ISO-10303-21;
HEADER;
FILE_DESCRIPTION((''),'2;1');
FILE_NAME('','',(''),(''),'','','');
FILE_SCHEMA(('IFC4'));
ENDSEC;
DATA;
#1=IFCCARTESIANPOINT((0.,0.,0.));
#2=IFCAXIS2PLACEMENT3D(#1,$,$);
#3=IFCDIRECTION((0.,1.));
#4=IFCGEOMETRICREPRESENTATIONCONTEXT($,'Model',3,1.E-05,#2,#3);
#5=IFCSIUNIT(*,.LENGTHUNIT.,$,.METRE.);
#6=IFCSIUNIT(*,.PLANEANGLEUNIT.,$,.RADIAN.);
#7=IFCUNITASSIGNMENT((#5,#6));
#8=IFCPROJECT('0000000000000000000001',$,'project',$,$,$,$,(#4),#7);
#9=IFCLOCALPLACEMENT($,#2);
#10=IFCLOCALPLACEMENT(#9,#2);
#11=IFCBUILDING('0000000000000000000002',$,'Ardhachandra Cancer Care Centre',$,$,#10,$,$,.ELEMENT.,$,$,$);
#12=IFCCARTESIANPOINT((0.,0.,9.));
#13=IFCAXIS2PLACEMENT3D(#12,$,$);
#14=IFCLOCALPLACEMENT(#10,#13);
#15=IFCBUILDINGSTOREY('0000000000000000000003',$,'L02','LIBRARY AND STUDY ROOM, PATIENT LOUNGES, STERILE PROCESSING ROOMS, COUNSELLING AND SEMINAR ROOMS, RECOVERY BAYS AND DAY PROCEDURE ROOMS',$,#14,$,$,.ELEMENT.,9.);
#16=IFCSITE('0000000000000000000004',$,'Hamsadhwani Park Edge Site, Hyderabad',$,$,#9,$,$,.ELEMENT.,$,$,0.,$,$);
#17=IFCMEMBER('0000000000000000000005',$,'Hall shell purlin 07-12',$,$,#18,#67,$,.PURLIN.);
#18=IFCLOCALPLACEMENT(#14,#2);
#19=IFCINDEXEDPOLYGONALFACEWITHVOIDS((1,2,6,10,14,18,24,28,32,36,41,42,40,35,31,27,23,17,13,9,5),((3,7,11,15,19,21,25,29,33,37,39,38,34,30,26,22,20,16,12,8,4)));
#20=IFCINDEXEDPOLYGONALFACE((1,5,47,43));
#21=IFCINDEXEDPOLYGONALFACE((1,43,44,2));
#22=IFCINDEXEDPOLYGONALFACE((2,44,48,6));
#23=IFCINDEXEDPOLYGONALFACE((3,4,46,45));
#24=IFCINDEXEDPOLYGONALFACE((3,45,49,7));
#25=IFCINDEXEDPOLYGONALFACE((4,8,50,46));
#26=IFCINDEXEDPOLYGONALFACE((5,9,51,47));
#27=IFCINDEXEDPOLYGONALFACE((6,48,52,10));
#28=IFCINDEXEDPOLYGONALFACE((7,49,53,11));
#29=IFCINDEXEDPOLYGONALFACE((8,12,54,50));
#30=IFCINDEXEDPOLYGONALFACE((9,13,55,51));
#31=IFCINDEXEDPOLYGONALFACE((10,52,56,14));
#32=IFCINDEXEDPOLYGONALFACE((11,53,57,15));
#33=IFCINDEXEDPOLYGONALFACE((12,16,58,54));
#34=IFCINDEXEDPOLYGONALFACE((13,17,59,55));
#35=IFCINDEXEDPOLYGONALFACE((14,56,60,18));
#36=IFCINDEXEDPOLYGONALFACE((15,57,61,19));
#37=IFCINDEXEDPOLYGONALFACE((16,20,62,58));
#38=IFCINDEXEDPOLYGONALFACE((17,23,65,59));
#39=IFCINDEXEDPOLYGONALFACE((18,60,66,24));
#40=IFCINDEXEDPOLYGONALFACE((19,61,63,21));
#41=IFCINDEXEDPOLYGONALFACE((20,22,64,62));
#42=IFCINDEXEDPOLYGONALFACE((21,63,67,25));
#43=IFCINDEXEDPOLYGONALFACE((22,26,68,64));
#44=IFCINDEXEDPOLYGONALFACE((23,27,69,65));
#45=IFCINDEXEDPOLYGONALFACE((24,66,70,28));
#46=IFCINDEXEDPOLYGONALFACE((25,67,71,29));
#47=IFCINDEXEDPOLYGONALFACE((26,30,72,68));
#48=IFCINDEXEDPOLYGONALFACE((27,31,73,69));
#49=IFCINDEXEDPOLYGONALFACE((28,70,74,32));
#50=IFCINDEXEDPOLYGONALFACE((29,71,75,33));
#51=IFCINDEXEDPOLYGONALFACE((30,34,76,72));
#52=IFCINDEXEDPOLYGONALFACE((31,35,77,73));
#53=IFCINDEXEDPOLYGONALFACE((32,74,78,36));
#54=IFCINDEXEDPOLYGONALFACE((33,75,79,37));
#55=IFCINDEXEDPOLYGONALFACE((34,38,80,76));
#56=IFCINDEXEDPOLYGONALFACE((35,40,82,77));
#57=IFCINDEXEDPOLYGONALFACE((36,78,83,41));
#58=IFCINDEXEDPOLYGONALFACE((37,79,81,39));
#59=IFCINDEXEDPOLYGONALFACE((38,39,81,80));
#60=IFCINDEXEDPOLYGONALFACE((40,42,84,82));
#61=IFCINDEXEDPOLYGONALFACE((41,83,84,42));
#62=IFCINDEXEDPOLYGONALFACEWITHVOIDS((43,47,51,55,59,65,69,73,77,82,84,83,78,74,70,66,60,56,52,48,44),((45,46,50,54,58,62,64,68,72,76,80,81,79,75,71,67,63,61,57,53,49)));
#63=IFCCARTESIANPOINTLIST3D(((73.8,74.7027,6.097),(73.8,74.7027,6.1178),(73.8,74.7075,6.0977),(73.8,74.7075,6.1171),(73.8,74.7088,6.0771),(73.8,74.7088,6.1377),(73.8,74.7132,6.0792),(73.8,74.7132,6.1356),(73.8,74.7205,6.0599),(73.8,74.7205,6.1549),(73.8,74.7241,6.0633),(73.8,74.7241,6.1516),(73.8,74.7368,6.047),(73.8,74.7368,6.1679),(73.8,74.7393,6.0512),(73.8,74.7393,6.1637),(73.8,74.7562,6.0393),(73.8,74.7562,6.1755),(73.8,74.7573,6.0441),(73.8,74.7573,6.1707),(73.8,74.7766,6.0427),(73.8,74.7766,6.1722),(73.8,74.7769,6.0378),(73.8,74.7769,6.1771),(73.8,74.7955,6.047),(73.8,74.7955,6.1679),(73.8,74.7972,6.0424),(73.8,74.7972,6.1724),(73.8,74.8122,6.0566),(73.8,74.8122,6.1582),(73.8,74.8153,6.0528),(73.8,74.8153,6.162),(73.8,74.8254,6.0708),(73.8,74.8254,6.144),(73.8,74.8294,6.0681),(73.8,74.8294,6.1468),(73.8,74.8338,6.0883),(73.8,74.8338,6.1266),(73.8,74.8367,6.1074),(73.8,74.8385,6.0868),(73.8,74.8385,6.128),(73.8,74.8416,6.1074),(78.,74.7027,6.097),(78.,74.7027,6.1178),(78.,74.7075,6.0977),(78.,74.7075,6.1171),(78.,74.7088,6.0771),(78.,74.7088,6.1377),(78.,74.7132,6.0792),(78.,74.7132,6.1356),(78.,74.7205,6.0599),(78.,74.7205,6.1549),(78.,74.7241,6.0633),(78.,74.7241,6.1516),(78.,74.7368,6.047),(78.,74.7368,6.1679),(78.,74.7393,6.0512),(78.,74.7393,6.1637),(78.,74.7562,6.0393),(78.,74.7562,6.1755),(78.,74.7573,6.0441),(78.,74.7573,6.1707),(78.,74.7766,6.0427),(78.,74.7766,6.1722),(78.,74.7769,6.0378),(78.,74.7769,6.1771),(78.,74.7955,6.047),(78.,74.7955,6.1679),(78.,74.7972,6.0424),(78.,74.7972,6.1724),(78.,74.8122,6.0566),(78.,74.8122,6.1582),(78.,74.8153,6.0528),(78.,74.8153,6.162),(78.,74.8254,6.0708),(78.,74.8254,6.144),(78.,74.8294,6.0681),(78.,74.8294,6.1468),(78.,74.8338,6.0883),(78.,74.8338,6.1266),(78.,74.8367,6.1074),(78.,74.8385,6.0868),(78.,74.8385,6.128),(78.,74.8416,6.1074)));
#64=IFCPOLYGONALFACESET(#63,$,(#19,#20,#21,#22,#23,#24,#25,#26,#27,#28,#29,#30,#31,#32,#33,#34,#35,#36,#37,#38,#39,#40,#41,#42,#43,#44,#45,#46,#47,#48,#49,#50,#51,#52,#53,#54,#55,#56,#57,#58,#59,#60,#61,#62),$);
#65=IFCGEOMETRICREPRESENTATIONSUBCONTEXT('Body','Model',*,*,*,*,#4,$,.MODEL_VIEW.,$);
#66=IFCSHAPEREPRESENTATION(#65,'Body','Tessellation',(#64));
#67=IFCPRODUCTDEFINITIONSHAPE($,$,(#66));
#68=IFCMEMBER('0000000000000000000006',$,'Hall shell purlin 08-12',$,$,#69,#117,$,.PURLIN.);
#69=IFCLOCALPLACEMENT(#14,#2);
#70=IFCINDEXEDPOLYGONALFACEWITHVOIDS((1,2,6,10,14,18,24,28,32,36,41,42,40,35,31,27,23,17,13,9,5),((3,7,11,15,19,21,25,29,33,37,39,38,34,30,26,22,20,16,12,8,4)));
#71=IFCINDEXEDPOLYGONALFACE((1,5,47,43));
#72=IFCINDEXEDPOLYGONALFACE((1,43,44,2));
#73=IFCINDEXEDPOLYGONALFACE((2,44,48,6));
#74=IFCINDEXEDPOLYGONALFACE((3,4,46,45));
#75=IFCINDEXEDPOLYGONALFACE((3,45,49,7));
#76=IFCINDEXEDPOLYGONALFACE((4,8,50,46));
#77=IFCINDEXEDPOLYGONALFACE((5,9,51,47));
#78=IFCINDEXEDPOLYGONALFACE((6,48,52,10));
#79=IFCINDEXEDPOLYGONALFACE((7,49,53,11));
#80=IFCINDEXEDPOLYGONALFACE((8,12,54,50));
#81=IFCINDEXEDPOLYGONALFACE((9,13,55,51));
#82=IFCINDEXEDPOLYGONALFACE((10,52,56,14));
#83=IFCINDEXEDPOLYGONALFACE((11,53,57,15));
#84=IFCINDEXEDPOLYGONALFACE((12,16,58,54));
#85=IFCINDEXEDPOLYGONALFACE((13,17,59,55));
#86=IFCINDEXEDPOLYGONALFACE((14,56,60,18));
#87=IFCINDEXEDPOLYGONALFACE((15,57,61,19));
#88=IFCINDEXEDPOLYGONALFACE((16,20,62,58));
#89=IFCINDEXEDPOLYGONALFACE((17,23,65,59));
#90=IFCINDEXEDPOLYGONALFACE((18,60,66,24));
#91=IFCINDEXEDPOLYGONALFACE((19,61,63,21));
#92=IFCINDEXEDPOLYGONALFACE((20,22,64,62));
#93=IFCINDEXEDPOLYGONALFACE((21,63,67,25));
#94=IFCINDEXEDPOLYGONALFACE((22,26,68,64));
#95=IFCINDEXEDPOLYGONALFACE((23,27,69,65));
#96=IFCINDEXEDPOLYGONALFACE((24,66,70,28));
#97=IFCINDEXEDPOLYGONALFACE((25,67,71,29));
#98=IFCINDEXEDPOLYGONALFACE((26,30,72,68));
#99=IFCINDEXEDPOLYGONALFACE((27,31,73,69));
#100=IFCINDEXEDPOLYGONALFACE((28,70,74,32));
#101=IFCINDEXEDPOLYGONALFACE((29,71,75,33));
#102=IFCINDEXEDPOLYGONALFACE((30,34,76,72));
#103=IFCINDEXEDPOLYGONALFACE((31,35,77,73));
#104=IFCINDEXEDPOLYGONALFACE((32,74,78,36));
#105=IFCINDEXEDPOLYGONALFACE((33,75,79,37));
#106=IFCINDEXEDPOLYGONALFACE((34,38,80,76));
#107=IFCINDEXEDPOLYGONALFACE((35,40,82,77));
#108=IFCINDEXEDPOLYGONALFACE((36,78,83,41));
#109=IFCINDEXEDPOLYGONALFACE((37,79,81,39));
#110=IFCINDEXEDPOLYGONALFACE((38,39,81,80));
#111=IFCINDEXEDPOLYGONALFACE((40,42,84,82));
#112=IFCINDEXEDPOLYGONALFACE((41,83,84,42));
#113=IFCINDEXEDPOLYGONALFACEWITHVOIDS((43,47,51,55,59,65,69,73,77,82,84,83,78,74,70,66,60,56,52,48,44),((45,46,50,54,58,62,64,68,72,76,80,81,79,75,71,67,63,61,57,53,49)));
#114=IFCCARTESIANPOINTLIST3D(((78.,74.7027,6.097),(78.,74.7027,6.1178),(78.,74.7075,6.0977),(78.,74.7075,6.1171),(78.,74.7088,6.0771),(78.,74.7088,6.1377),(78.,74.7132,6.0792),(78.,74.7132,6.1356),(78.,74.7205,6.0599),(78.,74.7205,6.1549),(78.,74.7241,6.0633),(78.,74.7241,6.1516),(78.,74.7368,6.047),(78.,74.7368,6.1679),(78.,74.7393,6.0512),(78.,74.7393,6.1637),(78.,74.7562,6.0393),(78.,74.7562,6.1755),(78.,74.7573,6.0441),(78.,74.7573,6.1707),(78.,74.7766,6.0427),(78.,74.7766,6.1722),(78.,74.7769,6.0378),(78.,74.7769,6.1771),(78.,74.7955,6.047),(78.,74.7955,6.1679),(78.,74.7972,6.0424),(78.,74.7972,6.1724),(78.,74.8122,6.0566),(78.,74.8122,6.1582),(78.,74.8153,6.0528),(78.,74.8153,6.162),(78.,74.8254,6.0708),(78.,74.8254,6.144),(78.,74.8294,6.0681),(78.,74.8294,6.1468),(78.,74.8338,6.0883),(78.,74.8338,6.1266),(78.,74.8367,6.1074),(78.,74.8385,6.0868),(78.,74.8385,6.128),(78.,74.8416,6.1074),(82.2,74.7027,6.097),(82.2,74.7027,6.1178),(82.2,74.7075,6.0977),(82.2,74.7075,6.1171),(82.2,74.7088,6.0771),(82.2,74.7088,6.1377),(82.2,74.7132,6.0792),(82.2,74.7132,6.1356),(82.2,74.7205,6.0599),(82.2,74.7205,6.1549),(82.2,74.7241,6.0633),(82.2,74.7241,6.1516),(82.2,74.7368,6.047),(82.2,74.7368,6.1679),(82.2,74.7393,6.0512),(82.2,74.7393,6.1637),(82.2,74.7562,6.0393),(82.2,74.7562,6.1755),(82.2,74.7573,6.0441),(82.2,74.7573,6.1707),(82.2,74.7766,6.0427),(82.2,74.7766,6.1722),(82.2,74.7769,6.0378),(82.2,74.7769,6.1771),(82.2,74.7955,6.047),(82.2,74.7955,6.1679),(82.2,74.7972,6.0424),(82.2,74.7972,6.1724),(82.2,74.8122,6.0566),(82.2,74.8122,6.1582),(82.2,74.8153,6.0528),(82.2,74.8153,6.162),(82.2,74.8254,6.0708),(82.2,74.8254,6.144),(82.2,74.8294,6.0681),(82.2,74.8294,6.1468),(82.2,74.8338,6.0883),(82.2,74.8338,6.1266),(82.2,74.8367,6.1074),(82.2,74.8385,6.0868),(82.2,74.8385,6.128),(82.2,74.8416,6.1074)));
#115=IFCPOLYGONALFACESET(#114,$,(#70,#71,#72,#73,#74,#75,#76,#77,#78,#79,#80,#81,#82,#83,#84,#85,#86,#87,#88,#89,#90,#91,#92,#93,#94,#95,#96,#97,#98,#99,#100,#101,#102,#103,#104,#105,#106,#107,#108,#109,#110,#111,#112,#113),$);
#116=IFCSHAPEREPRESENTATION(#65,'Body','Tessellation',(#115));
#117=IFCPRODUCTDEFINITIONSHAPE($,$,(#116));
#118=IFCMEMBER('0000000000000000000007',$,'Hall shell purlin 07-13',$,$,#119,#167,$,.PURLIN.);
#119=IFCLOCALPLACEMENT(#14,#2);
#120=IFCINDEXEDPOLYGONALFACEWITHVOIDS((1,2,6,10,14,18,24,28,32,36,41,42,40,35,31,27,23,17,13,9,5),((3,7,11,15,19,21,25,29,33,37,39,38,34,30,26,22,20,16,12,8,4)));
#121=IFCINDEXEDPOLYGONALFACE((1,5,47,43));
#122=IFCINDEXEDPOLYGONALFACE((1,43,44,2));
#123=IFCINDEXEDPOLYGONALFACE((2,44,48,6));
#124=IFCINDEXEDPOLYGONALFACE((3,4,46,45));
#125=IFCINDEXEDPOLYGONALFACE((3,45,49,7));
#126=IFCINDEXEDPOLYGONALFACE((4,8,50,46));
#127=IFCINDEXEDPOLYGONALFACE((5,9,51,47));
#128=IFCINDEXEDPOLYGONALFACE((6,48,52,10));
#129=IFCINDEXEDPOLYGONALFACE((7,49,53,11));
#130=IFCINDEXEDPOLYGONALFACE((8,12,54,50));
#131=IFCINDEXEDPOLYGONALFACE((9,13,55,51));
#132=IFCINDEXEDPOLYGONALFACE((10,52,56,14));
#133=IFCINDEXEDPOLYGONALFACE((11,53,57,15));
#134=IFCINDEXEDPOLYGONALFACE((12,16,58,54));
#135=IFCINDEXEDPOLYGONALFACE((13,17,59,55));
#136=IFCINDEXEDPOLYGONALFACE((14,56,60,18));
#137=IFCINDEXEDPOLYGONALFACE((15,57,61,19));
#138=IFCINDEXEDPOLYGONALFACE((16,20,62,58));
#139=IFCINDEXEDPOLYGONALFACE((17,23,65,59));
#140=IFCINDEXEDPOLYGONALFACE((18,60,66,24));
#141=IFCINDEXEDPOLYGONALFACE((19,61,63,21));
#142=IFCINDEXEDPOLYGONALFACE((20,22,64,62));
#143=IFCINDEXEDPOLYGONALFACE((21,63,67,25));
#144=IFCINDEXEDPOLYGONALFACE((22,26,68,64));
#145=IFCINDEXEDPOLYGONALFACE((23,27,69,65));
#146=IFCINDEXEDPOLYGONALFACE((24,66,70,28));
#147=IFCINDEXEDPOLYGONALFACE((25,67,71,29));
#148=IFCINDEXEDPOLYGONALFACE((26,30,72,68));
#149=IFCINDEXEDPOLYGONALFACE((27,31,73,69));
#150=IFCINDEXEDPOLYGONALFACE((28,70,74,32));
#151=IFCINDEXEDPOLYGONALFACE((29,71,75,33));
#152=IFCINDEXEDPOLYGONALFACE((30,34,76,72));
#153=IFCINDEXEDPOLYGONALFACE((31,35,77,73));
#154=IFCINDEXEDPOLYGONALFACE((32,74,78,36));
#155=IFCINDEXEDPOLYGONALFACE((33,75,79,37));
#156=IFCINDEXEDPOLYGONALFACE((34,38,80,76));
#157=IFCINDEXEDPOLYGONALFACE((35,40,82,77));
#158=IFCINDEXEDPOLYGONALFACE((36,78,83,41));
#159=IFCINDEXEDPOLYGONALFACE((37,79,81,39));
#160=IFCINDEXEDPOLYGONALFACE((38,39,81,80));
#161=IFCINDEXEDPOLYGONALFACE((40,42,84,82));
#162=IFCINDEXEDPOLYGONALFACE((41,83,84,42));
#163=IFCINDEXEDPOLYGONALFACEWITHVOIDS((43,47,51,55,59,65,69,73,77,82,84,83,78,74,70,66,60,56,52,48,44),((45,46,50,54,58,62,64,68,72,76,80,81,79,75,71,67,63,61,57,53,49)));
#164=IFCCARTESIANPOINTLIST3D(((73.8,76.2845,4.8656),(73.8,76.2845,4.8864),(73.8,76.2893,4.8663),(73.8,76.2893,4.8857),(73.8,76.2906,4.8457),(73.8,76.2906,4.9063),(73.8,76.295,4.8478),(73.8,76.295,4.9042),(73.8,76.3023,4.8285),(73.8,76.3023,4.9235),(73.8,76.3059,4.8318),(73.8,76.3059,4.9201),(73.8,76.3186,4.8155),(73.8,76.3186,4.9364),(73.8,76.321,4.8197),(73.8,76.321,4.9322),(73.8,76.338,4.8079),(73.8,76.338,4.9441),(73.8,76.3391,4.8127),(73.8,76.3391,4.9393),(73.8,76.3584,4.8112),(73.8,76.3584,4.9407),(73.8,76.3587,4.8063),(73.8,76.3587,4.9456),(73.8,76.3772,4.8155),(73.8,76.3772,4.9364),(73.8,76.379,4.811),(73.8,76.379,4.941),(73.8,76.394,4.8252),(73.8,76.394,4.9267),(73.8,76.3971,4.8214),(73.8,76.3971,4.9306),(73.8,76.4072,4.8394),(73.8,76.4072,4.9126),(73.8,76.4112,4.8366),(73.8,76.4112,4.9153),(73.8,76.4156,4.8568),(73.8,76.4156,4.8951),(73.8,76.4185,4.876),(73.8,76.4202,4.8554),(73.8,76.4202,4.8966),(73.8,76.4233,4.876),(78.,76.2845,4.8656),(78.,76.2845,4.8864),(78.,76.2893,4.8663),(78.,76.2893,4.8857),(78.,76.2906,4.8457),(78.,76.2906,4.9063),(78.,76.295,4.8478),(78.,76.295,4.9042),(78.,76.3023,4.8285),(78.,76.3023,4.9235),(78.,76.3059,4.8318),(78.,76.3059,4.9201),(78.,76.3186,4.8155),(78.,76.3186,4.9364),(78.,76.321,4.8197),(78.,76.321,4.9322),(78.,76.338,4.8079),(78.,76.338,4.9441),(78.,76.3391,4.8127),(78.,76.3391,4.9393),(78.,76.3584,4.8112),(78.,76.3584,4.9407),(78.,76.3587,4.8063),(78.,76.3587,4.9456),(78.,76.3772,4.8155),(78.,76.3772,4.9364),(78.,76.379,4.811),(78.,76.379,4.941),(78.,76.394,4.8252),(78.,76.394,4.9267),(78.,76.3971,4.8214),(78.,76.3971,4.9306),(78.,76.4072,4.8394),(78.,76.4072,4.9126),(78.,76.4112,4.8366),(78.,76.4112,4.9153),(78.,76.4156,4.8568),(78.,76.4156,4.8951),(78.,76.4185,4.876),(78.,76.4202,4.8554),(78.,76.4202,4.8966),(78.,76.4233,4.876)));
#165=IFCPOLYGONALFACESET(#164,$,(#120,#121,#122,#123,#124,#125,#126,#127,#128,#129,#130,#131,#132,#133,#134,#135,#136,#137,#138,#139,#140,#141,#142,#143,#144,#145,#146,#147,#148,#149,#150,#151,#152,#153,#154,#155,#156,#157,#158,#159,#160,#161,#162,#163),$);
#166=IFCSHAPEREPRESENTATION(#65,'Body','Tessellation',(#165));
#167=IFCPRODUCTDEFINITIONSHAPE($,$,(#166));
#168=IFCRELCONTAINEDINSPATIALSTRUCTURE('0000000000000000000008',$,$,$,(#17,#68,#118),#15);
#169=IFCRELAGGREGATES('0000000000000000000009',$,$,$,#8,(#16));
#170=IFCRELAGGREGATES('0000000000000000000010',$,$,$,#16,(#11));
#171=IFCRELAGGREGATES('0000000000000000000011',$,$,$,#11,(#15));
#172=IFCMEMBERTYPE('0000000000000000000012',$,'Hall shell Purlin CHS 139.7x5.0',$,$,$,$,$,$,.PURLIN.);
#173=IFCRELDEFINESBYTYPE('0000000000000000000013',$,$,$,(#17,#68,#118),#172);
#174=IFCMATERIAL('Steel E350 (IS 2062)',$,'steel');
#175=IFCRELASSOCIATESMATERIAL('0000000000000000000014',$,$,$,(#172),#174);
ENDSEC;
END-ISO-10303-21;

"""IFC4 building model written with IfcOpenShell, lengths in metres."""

from ifc_helpers import new_model, si_unit, direction, frame, origin, origin_2d, place, context, subcontext, project, spatial, hollow_circle, extrude, material, material_profile, profile_set, type_object, element, save


model = new_model("IFC4")

# Units and contexts
model_context = context("Model", 3, precision=1e-05, world=origin(), true_north=direction((0.0, 1.0)))
body_context = subcontext(model_context, "Body", "Model", "MODEL_VIEW")
ifc_project = project(units=[si_unit("LENGTHUNIT", "METRE"), si_unit("PLANEANGLEUNIT", "RADIAN")], contexts=[model_context])

# Site, building, storey
site_placement = place(None, origin())
site = spatial("IfcSite", under=ifc_project, at=site_placement, Name="Hamsadhwani Park Edge Site, Hyderabad", CompositionType="ELEMENT", RefElevation=0.0)
building_placement = place(site_placement, origin())
building = spatial("IfcBuilding", under=site, at=building_placement, Name="Ardhachandra Cancer Care Centre", CompositionType="ELEMENT")
storey_placement = place(building_placement, frame((0.0, 0.0, 9.0)))
storey = spatial("IfcBuildingStorey", under=building, at=storey_placement, Name="L02", Description="LIBRARY AND STUDY ROOM, PATIENT LOUNGES, STERILE PROCESSING ROOMS, COUNSELLING AND SEMINAR ROOMS, RECOVERY BAYS AND DAY PROCEDURE ROOMS", CompositionType="ELEMENT", Elevation=9.0)

# Members
ifc_material_1 = material(Name="Steel E350 (IS 2062)", Category="steel")
ifc_material_profile_1 = material_profile(ifc_material_1, hollow_circle(Radius=0.0698, WallThickness=0.0049, at=origin_2d()), Name="CHS 139.7x5.0")
ifc_profile_set_1 = profile_set([ifc_material_profile_1], Name="Steel E350 (IS 2062)")
member_type_1 = type_object("IfcMemberType", Name="Hall shell Purlin CHS 139.7x5.0", PredefinedType="PURLIN", material=ifc_profile_set_1)
for number, where, z_axis, x_axis, name in (
    (1, (73.8, 74.7717, 6.1074), (1.0, 0.0, 0.0), (0.0, 1.0, 0.0), "Hall shell purlin 07-12"),
    (2, (78.0, 74.7717, 6.1074), (1.0, 0.0, 0.0), (0.0, 1.0, 0.0), "Hall shell purlin 08-12"),
    (3, (73.8, 76.3535, 4.876), (1.0, 0.0, 0.0), (0.0, 1.0, 0.0), "Hall shell purlin 07-13"),
):
    element("IfcMember", number, at=place(storey_placement, frame(where, z_axis=z_axis, x_axis=x_axis)), inside=storey, type_object=member_type_1, Name=name, PredefinedType="PURLIN", context=body_context, shape_type="SweptSolid", body=[
        extrude(hollow_circle(Radius=0.0698, WallThickness=0.0049, at=origin_2d()), origin(), (0.0, 0.0, 1.0), 4.2),
    ])

save(model, "model.ifc")
